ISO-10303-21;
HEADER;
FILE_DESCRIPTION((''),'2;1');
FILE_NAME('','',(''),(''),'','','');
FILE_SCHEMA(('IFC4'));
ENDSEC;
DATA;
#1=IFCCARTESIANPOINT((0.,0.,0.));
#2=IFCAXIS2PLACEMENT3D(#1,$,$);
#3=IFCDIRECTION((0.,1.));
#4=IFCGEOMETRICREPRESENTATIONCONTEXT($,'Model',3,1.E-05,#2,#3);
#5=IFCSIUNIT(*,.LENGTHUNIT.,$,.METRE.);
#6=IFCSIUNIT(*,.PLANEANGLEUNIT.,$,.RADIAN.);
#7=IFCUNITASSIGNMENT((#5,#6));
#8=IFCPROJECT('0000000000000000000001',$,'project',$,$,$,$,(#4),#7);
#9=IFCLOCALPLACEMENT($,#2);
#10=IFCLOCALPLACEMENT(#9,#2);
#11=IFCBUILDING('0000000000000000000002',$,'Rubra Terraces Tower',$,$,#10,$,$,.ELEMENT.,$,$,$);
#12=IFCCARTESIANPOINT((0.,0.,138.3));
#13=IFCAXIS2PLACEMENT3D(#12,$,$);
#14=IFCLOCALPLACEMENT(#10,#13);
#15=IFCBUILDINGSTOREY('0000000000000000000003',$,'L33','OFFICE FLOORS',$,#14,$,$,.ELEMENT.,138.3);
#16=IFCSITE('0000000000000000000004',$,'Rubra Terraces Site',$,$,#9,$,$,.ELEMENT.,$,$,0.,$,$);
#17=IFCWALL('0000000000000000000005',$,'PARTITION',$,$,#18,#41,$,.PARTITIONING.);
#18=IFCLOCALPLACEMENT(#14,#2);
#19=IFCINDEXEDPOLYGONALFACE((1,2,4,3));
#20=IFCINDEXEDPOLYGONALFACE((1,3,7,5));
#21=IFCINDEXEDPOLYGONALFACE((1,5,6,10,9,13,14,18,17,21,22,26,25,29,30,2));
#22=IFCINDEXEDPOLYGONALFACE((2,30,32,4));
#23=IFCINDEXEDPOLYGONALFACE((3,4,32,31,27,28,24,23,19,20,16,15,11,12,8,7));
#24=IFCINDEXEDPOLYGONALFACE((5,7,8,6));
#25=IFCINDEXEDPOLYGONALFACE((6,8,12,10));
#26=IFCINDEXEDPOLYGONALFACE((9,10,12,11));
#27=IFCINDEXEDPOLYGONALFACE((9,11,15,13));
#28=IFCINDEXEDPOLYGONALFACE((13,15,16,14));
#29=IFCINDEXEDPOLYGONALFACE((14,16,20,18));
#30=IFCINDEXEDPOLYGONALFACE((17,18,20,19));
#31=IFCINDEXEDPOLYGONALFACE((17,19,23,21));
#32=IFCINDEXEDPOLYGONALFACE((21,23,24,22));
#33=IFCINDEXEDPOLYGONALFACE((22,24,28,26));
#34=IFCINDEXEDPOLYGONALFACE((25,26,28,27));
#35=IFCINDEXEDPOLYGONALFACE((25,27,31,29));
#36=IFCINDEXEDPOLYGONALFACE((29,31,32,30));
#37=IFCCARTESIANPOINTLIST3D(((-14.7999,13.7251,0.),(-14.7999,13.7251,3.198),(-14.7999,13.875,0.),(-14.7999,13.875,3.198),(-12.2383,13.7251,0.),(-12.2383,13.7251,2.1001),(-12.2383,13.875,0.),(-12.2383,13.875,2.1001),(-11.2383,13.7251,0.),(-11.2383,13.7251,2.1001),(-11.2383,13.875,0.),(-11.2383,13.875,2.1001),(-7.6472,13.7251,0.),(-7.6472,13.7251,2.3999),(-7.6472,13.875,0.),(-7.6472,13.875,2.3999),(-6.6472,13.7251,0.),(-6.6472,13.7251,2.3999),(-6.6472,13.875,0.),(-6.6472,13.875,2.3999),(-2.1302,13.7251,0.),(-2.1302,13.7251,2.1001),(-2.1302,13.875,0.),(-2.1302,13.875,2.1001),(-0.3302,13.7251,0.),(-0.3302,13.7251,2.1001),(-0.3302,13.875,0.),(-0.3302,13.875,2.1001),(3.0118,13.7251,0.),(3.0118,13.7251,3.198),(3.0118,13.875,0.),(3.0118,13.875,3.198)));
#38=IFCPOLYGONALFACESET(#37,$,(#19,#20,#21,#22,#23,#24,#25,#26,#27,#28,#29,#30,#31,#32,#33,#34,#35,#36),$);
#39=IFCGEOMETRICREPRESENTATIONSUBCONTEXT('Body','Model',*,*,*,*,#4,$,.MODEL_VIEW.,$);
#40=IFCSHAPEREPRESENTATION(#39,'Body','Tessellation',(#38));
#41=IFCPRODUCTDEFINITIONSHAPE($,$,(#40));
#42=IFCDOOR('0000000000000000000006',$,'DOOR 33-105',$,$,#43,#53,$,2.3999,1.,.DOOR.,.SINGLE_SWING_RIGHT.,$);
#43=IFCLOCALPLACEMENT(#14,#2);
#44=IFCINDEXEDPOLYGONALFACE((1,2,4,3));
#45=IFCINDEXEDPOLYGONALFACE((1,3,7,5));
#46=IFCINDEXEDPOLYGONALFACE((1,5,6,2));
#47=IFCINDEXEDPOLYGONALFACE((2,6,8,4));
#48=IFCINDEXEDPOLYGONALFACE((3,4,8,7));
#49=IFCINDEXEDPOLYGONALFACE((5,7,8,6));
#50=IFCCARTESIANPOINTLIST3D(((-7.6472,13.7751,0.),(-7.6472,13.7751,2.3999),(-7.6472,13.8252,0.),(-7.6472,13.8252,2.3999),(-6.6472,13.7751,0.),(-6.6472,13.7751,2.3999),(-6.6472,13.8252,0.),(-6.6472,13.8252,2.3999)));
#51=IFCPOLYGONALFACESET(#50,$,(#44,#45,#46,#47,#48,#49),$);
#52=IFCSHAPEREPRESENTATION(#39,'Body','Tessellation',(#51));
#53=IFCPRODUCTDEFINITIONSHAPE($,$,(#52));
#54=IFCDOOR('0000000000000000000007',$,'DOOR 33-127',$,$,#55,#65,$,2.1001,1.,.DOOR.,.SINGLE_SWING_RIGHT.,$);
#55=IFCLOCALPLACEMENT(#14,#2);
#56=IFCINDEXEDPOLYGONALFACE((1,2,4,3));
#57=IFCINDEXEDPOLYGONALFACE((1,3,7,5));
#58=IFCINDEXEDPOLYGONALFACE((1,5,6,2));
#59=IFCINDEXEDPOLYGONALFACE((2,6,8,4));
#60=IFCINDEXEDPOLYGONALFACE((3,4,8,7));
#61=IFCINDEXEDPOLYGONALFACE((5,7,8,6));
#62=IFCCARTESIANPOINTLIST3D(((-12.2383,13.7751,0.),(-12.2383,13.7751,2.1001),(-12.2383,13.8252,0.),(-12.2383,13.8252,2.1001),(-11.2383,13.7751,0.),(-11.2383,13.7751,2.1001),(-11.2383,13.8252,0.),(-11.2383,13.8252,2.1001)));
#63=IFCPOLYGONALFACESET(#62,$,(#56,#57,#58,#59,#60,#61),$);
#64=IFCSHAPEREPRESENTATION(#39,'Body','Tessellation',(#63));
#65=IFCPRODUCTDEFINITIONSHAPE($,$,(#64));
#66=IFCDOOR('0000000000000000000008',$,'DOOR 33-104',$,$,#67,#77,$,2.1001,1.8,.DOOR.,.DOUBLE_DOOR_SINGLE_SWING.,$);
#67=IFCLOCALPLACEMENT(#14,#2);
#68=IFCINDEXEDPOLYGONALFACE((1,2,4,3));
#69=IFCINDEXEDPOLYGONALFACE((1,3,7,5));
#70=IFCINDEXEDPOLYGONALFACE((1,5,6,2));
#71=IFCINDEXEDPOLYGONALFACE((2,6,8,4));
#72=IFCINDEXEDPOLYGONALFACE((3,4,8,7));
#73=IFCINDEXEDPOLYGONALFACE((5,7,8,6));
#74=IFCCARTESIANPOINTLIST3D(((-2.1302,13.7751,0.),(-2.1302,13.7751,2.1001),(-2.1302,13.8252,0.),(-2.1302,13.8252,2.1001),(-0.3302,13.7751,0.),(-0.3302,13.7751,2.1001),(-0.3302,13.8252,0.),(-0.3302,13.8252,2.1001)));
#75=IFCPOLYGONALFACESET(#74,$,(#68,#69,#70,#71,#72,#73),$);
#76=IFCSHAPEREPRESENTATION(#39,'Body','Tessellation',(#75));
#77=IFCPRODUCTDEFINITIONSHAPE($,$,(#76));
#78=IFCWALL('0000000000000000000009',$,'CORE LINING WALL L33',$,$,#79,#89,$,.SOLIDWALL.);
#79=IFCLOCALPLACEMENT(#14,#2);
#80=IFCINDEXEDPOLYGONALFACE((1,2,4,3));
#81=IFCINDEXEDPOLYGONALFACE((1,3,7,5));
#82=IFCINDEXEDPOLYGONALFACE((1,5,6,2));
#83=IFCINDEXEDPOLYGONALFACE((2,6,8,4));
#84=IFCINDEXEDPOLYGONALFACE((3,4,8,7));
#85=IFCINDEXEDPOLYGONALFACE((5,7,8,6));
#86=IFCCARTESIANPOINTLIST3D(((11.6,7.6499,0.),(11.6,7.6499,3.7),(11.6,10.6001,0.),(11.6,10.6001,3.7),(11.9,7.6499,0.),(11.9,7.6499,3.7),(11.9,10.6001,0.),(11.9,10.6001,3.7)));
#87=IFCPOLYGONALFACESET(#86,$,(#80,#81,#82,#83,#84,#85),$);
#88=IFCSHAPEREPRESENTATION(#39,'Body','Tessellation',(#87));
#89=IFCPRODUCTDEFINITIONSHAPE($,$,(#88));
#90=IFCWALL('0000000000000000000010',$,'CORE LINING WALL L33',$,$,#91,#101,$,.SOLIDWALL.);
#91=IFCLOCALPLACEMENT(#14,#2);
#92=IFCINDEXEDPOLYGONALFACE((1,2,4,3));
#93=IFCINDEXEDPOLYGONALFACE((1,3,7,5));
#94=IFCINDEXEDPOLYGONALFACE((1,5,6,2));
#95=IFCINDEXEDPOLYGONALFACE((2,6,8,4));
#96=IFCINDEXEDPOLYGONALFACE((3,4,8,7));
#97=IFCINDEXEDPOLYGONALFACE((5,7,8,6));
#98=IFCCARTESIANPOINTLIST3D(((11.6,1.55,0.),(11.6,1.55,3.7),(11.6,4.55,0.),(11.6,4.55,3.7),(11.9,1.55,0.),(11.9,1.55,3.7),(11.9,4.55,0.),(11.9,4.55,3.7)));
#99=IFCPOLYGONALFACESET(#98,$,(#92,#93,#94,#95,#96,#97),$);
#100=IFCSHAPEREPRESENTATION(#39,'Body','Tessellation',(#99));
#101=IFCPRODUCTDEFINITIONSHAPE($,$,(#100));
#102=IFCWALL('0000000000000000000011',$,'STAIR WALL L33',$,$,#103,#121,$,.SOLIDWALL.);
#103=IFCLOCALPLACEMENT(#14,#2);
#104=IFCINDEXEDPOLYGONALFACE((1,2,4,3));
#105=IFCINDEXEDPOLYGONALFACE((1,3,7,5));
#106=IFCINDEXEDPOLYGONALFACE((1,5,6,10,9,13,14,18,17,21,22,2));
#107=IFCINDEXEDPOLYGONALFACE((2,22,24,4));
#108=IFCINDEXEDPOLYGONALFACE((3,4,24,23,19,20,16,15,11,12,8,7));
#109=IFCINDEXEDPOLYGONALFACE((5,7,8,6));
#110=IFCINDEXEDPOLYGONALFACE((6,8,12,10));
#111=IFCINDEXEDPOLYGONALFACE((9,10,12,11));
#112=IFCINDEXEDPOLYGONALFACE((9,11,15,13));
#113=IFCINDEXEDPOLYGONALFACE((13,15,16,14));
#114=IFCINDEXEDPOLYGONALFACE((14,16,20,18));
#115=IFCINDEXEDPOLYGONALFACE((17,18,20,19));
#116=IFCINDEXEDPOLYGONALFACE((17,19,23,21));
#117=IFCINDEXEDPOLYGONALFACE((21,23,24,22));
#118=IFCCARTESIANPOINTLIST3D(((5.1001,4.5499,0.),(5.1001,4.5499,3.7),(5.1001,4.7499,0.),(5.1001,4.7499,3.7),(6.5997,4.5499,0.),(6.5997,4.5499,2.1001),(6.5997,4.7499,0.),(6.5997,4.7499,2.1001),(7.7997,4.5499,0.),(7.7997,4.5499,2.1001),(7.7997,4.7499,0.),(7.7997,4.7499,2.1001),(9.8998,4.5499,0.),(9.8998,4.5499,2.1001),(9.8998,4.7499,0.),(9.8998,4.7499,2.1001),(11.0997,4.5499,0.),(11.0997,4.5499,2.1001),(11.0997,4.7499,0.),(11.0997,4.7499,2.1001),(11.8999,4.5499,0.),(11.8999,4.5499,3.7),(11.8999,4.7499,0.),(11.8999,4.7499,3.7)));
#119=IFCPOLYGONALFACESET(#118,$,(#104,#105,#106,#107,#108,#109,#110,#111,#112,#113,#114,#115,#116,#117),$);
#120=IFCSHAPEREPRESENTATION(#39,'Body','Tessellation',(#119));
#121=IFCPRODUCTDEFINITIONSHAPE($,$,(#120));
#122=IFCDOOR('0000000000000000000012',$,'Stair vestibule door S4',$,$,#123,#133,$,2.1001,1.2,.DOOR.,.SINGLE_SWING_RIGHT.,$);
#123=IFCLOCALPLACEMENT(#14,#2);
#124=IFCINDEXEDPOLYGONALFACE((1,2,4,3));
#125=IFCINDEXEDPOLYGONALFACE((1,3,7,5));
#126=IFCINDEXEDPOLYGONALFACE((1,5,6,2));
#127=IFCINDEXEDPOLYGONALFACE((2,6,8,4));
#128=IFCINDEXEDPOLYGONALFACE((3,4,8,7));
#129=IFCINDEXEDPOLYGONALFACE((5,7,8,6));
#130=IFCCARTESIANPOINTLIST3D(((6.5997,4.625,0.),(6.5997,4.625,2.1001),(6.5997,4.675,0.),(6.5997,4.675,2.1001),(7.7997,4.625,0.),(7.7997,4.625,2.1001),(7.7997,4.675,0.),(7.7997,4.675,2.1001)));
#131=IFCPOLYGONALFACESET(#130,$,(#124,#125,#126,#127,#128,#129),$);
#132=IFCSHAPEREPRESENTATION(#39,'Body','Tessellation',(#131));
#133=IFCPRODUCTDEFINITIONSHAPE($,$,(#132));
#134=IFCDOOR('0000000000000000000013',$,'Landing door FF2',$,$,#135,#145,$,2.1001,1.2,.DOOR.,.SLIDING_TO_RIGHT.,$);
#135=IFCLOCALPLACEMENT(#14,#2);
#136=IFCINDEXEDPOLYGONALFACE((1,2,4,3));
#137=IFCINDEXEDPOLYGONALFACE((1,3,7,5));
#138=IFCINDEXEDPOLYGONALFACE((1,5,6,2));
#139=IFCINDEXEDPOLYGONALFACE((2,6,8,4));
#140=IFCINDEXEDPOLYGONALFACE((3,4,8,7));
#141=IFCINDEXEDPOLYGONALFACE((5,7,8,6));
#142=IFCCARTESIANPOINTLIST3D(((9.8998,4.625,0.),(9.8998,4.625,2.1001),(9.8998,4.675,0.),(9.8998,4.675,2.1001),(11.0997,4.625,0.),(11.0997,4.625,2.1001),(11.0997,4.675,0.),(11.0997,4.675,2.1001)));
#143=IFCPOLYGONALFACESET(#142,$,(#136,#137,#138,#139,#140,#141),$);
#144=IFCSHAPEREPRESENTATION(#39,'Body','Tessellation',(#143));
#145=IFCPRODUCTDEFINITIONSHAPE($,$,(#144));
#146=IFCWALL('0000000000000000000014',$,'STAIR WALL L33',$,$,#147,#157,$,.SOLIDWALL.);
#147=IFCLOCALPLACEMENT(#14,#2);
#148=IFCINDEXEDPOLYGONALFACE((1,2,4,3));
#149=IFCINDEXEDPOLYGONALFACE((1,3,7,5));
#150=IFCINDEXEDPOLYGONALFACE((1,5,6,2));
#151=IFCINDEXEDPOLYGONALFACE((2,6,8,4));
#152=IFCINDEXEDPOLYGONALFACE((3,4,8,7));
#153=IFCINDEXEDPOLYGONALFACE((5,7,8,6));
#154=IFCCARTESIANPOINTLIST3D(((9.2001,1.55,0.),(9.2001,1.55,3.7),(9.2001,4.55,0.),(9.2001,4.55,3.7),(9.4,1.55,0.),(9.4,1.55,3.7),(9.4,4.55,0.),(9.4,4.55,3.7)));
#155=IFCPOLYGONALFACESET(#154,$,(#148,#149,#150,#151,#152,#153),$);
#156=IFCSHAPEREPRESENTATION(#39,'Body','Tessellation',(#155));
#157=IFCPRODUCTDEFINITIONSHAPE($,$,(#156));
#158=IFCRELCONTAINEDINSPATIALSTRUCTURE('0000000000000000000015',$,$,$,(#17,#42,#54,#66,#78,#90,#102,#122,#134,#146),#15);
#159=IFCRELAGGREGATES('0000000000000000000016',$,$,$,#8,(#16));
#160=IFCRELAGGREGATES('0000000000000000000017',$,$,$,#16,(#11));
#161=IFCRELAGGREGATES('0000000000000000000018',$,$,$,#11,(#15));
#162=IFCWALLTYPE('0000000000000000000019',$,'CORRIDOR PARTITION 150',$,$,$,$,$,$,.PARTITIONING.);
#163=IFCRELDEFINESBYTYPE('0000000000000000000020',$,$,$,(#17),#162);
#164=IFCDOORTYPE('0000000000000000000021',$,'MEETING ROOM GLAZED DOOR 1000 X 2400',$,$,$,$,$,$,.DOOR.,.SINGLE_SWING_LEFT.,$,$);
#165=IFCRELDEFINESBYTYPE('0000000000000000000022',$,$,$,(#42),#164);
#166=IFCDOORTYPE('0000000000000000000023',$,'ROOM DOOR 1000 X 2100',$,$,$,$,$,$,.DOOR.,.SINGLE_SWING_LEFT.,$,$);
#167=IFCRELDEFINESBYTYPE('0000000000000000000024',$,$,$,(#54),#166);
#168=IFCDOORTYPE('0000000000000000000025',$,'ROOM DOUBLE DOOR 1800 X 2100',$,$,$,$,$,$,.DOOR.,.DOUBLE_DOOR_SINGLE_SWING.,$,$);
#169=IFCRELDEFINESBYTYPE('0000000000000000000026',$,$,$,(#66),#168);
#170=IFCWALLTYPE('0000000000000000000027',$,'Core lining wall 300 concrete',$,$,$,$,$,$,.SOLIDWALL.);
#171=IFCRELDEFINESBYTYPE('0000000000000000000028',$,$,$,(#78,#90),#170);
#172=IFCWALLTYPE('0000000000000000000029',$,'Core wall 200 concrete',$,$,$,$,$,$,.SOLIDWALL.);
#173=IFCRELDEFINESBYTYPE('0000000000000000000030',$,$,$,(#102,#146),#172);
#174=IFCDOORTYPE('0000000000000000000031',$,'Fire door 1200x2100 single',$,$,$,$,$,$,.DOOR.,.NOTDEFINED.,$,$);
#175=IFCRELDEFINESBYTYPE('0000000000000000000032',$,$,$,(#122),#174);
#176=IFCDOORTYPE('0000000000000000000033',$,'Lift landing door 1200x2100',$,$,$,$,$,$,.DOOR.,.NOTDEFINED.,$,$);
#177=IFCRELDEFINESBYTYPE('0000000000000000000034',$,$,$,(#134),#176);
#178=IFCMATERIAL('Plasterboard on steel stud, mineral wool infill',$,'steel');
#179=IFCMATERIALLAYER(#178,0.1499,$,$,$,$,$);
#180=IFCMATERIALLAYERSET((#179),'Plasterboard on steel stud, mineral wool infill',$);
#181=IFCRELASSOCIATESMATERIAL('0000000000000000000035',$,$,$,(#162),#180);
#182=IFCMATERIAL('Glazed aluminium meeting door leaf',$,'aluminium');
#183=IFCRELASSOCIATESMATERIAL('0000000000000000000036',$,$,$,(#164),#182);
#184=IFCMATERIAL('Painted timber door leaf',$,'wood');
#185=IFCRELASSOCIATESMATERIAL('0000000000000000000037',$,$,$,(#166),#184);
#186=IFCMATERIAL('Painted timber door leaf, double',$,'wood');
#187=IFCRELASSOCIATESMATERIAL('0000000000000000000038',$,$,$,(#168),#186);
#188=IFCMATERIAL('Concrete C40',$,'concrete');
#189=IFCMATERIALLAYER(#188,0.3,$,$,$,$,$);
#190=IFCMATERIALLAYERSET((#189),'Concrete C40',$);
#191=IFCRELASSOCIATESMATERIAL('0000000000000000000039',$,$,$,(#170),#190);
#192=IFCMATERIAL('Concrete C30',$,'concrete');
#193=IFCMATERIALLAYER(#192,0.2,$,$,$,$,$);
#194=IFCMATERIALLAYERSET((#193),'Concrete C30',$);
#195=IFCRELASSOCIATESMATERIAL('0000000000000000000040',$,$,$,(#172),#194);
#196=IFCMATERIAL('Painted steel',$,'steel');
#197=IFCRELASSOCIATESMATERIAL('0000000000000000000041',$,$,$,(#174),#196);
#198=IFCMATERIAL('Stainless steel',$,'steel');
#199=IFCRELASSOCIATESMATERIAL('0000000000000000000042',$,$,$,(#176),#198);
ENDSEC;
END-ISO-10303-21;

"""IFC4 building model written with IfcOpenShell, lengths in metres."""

from ifc_helpers import new_model, si_unit, direction, frame, frame_2d, origin, place, context, subcontext, project, spatial, rectangle, extrude, material, layer, layer_set, type_object, element, fill, save


model = new_model("IFC4")

# Units and contexts
model_context = context("Model", 3, precision=1e-05, world=origin(), true_north=direction((0.0, 1.0)))
body_context = subcontext(model_context, "Body", "Model", "MODEL_VIEW")
ifc_project = project(units=[si_unit("LENGTHUNIT", "METRE"), si_unit("PLANEANGLEUNIT", "RADIAN")], contexts=[model_context])

# Site, building, storey
site_placement = place(None, origin())
site = spatial("IfcSite", under=ifc_project, at=site_placement, Name="Rubra Terraces Site", CompositionType="ELEMENT", RefElevation=0.0)
building_placement = place(site_placement, origin())
building = spatial("IfcBuilding", under=site, at=building_placement, Name="Rubra Terraces Tower", CompositionType="ELEMENT")
storey_placement = place(building_placement, frame((0.0, 0.0, 138.3)))
storey = spatial("IfcBuildingStorey", under=building, at=storey_placement, Name="L33", Description="OFFICE FLOORS", CompositionType="ELEMENT", Elevation=138.3)

# Wall, openings, doors
ifc_material_1 = material(Name="Plasterboard on steel stud, mineral wool infill", Category="steel")
ifc_layer_1 = layer(ifc_material_1, 0.1499)
ifc_layer_set_1 = layer_set([ifc_layer_1], Name="Plasterboard on steel stud, mineral wool infill")
wall_type_1 = type_object("IfcWallType", Name="CORRIDOR PARTITION 150", PredefinedType="PARTITIONING", material=ifc_layer_set_1)
wall_1_placement = place(storey_placement, frame((3.0117, 13.8, 0.0), z_axis=(0.0, 0.0, 1.0), x_axis=(-1.0, 0.0, 0.0)))
wall_1 = element("IfcWall", 1, at=wall_1_placement, inside=storey, type_object=wall_type_1, Name="PARTITION", PredefinedType="PARTITIONING", context=body_context, shape_type="SweptSolid", body=[
    extrude(rectangle(XDim=17.8118, YDim=0.1499, at=frame_2d((8.9058, 0.0))), origin(), (0.0, 0.0, 1.0), 3.198),
])
opening_1_placement = place(wall_1_placement, frame((3.342, 0.0, 0.0)))
opening_1 = element("IfcOpeningElement", 2, at=opening_1_placement, cuts=wall_1, PredefinedType="OPENING", context=body_context, shape_type="SweptSolid", body=[
    extrude(rectangle(XDim=1.8, YDim=2.1001, at=frame_2d((0.8999, 1.05))), frame((0.0, 0.085, 0.0), z_axis=(0.0, -1.0, 0.0), x_axis=(1.0, 0.0, 0.0)), (0.0, 0.0, 1.0), 0.1699),
])
opening_2_placement = place(wall_1_placement, frame((9.6589, 0.0, 0.0)))
opening_2 = element("IfcOpeningElement", 3, at=opening_2_placement, cuts=wall_1, PredefinedType="OPENING", context=body_context, shape_type="SweptSolid", body=[
    extrude(rectangle(XDim=1.0, YDim=2.3999, at=frame_2d((0.5, 1.2))), frame((0.0, 0.085, 0.0), z_axis=(0.0, -1.0, 0.0), x_axis=(1.0, 0.0, 0.0)), (0.0, 0.0, 1.0), 0.1699),
])
opening_3_placement = place(wall_1_placement, frame((14.25, 0.0, 0.0)))
opening_3 = element("IfcOpeningElement", 4, at=opening_3_placement, cuts=wall_1, PredefinedType="OPENING", context=body_context, shape_type="SweptSolid", body=[
    extrude(rectangle(XDim=1.0, YDim=2.1001, at=frame_2d((0.5, 1.05))), frame((0.0, 0.085, 0.0), z_axis=(0.0, -1.0, 0.0), x_axis=(1.0, 0.0, 0.0)), (0.0, 0.0, 1.0), 0.1699),
])
ifc_material_2 = material(Name="Glazed aluminium meeting door leaf", Category="aluminium")
door_type_1 = type_object("IfcDoorType", Name="MEETING ROOM GLAZED DOOR 1000 X 2400", OperationType="SINGLE_SWING_LEFT", PredefinedType="DOOR", material=ifc_material_2)
door_1_placement = place(opening_2_placement, origin())
door_1 = element("IfcDoor", 5, at=door_1_placement, inside=storey, type_object=door_type_1, Name="DOOR 33-105", OperationType="SINGLE_SWING_RIGHT", OverallHeight=2.3999, OverallWidth=1.0, PredefinedType="DOOR", context=body_context, shape_type="SweptSolid", body=[
    extrude(rectangle(XDim=1.0, YDim=2.3999, at=frame_2d((0.5, 1.2))), frame((0.0, 0.0249, 0.0), z_axis=(0.0, -1.0, 0.0), x_axis=(1.0, 0.0, 0.0)), (0.0, 0.0, 1.0), 0.05),
])
fill(opening_2, door_1)
ifc_material_3 = material(Name="Painted timber door leaf", Category="wood")
door_type_2 = type_object("IfcDoorType", Name="ROOM DOOR 1000 X 2100", OperationType="SINGLE_SWING_LEFT", PredefinedType="DOOR", material=ifc_material_3)
door_2_placement = place(opening_3_placement, origin())
door_2 = element("IfcDoor", 6, at=door_2_placement, inside=storey, type_object=door_type_2, Name="DOOR 33-127", OperationType="SINGLE_SWING_RIGHT", OverallHeight=2.1001, OverallWidth=1.0, PredefinedType="DOOR", context=body_context, shape_type="SweptSolid", body=[
    extrude(rectangle(XDim=1.0, YDim=2.1001, at=frame_2d((0.5, 1.05))), frame((0.0, 0.0249, 0.0), z_axis=(0.0, -1.0, 0.0), x_axis=(1.0, 0.0, 0.0)), (0.0, 0.0, 1.0), 0.05),
])
fill(opening_3, door_2)
ifc_material_4 = material(Name="Painted timber door leaf, double", Category="wood")
door_type_3 = type_object("IfcDoorType", Name="ROOM DOUBLE DOOR 1800 X 2100", OperationType="DOUBLE_DOOR_SINGLE_SWING", PredefinedType="DOOR", material=ifc_material_4)
door_3_placement = place(opening_1_placement, origin())
door_3 = element("IfcDoor", 7, at=door_3_placement, inside=storey, type_object=door_type_3, Name="DOOR 33-104", OperationType="DOUBLE_DOOR_SINGLE_SWING", OverallHeight=2.1001, OverallWidth=1.8, PredefinedType="DOOR", context=body_context, shape_type="SweptSolid", body=[
    extrude(rectangle(XDim=1.8, YDim=2.1001, at=frame_2d((0.8999, 1.05))), frame((0.0, 0.0249, 0.0), z_axis=(0.0, -1.0, 0.0), x_axis=(1.0, 0.0, 0.0)), (0.0, 0.0, 1.0), 0.05),
])
fill(opening_1, door_3)

# Walls
ifc_material_5 = material(Name="Concrete C40", Category="concrete")
ifc_layer_2 = layer(ifc_material_5, 0.3)
ifc_layer_set_2 = layer_set([ifc_layer_2], Name="Concrete C40")
wall_type_2 = type_object("IfcWallType", Name="Core lining wall 300 concrete", PredefinedType="SOLIDWALL", material=ifc_layer_set_2)
wall_2_placement = place(storey_placement, frame((11.75, 10.6001, 0.0), z_axis=(0.0, 0.0, 1.0), x_axis=(0.0, -1.0, 0.0)))
element("IfcWall", 8, at=wall_2_placement, inside=storey, type_object=wall_type_2, Name="CORE LINING WALL L33", PredefinedType="SOLIDWALL", context=body_context, shape_type="SweptSolid", body=[
    extrude(rectangle(XDim=2.9502, YDim=0.3, at=frame_2d((1.4751, 0.0))), origin(), (0.0, 0.0, 1.0), 3.7),
])
wall_3_placement = place(storey_placement, frame((11.75, 4.55, 0.0), z_axis=(0.0, 0.0, 1.0), x_axis=(0.0, -1.0, 0.0)))
element("IfcWall", 9, at=wall_3_placement, inside=storey, type_object=wall_type_2, Name="CORE LINING WALL L33", PredefinedType="SOLIDWALL", context=body_context, shape_type="SweptSolid", body=[
    extrude(rectangle(XDim=3.0, YDim=0.3, at=frame_2d((1.5, 0.0))), origin(), (0.0, 0.0, 1.0), 3.7),
])

# Wall, openings, doors
ifc_material_6 = material(Name="Concrete C30", Category="concrete")
ifc_layer_3 = layer(ifc_material_6, 0.2)
ifc_layer_set_3 = layer_set([ifc_layer_3], Name="Concrete C30")
wall_type_3 = type_object("IfcWallType", Name="Core wall 200 concrete", PredefinedType="SOLIDWALL", material=ifc_layer_set_3)
wall_4_placement = place(storey_placement, frame((11.8999, 4.6499, 0.0), z_axis=(0.0, 0.0, 1.0), x_axis=(-1.0, 0.0, 0.0)))
wall_4 = element("IfcWall", 10, at=wall_4_placement, inside=storey, type_object=wall_type_3, Name="STAIR WALL L33", PredefinedType="SOLIDWALL", context=body_context, shape_type="SweptSolid", body=[
    extrude(rectangle(XDim=6.7998, YDim=0.2, at=frame_2d((3.3999, 0.0))), origin(), (0.0, 0.0, 1.0), 3.7),
])
opening_4_placement = place(wall_4_placement, frame((4.1001, 0.0, 0.0)))
opening_4 = element("IfcOpeningElement", 11, at=opening_4_placement, cuts=wall_4, PredefinedType="OPENING", context=body_context, shape_type="SweptSolid", body=[
    extrude(rectangle(XDim=1.2, YDim=2.1001, at=frame_2d((0.6001, 1.05))), frame((0.0, 0.1099, 0.0), z_axis=(0.0, -1.0, 0.0), x_axis=(1.0, 0.0, 0.0)), (0.0, 0.0, 1.0), 0.22),
])
opening_5_placement = place(wall_4_placement, frame((0.8, 0.0, 0.0)))
opening_5 = element("IfcOpeningElement", 12, at=opening_5_placement, cuts=wall_4, PredefinedType="OPENING", context=body_context, shape_type="SweptSolid", body=[
    extrude(rectangle(XDim=1.2, YDim=2.1001, at=frame_2d((0.6001, 1.05))), frame((0.0, 0.1099, 0.0), z_axis=(0.0, -1.0, 0.0), x_axis=(1.0, 0.0, 0.0)), (0.0, 0.0, 1.0), 0.22),
])
ifc_material_7 = material(Name="Painted steel", Category="steel")
door_type_4 = type_object("IfcDoorType", Name="Fire door 1200x2100 single", OperationType="NOTDEFINED", PredefinedType="DOOR", material=ifc_material_7)
door_4_placement = place(opening_4_placement, origin())
door_4 = element("IfcDoor", 13, at=door_4_placement, inside=storey, type_object=door_type_4, Name="Stair vestibule door S4", OperationType="SINGLE_SWING_RIGHT", OverallHeight=2.1001, OverallWidth=1.2, PredefinedType="DOOR", context=body_context, shape_type="SweptSolid", body=[
    extrude(rectangle(XDim=1.2, YDim=2.1001, at=frame_2d((0.6001, 1.05))), frame((0.0, 0.0249, 0.0), z_axis=(0.0, -1.0, 0.0), x_axis=(1.0, 0.0, 0.0)), (0.0, 0.0, 1.0), 0.05),
])
fill(opening_4, door_4)
ifc_material_8 = material(Name="Stainless steel", Category="steel")
door_type_5 = type_object("IfcDoorType", Name="Lift landing door 1200x2100", OperationType="NOTDEFINED", PredefinedType="DOOR", material=ifc_material_8)
door_5_placement = place(opening_5_placement, origin())
door_5 = element("IfcDoor", 14, at=door_5_placement, inside=storey, type_object=door_type_5, Name="Landing door FF2", OperationType="SLIDING_TO_RIGHT", OverallHeight=2.1001, OverallWidth=1.2, PredefinedType="DOOR", context=body_context, shape_type="SweptSolid", body=[
    extrude(rectangle(XDim=1.2, YDim=2.1001, at=frame_2d((0.6001, 1.05))), frame((0.0, 0.0249, 0.0), z_axis=(0.0, -1.0, 0.0), x_axis=(1.0, 0.0, 0.0)), (0.0, 0.0, 1.0), 0.05),
])
fill(opening_5, door_5)

# Wall
wall_5_placement = place(storey_placement, frame((9.3, 4.55, 0.0), z_axis=(0.0, 0.0, 1.0), x_axis=(0.0, -1.0, 0.0)))
element("IfcWall", 15, at=wall_5_placement, inside=storey, type_object=wall_type_3, Name="STAIR WALL L33", PredefinedType="SOLIDWALL", context=body_context, shape_type="SweptSolid", body=[
    extrude(rectangle(XDim=3.0, YDim=0.2, at=frame_2d((1.5, 0.0))), origin(), (0.0, 0.0, 1.0), 3.7),
])

save(model, "model.ifc")
